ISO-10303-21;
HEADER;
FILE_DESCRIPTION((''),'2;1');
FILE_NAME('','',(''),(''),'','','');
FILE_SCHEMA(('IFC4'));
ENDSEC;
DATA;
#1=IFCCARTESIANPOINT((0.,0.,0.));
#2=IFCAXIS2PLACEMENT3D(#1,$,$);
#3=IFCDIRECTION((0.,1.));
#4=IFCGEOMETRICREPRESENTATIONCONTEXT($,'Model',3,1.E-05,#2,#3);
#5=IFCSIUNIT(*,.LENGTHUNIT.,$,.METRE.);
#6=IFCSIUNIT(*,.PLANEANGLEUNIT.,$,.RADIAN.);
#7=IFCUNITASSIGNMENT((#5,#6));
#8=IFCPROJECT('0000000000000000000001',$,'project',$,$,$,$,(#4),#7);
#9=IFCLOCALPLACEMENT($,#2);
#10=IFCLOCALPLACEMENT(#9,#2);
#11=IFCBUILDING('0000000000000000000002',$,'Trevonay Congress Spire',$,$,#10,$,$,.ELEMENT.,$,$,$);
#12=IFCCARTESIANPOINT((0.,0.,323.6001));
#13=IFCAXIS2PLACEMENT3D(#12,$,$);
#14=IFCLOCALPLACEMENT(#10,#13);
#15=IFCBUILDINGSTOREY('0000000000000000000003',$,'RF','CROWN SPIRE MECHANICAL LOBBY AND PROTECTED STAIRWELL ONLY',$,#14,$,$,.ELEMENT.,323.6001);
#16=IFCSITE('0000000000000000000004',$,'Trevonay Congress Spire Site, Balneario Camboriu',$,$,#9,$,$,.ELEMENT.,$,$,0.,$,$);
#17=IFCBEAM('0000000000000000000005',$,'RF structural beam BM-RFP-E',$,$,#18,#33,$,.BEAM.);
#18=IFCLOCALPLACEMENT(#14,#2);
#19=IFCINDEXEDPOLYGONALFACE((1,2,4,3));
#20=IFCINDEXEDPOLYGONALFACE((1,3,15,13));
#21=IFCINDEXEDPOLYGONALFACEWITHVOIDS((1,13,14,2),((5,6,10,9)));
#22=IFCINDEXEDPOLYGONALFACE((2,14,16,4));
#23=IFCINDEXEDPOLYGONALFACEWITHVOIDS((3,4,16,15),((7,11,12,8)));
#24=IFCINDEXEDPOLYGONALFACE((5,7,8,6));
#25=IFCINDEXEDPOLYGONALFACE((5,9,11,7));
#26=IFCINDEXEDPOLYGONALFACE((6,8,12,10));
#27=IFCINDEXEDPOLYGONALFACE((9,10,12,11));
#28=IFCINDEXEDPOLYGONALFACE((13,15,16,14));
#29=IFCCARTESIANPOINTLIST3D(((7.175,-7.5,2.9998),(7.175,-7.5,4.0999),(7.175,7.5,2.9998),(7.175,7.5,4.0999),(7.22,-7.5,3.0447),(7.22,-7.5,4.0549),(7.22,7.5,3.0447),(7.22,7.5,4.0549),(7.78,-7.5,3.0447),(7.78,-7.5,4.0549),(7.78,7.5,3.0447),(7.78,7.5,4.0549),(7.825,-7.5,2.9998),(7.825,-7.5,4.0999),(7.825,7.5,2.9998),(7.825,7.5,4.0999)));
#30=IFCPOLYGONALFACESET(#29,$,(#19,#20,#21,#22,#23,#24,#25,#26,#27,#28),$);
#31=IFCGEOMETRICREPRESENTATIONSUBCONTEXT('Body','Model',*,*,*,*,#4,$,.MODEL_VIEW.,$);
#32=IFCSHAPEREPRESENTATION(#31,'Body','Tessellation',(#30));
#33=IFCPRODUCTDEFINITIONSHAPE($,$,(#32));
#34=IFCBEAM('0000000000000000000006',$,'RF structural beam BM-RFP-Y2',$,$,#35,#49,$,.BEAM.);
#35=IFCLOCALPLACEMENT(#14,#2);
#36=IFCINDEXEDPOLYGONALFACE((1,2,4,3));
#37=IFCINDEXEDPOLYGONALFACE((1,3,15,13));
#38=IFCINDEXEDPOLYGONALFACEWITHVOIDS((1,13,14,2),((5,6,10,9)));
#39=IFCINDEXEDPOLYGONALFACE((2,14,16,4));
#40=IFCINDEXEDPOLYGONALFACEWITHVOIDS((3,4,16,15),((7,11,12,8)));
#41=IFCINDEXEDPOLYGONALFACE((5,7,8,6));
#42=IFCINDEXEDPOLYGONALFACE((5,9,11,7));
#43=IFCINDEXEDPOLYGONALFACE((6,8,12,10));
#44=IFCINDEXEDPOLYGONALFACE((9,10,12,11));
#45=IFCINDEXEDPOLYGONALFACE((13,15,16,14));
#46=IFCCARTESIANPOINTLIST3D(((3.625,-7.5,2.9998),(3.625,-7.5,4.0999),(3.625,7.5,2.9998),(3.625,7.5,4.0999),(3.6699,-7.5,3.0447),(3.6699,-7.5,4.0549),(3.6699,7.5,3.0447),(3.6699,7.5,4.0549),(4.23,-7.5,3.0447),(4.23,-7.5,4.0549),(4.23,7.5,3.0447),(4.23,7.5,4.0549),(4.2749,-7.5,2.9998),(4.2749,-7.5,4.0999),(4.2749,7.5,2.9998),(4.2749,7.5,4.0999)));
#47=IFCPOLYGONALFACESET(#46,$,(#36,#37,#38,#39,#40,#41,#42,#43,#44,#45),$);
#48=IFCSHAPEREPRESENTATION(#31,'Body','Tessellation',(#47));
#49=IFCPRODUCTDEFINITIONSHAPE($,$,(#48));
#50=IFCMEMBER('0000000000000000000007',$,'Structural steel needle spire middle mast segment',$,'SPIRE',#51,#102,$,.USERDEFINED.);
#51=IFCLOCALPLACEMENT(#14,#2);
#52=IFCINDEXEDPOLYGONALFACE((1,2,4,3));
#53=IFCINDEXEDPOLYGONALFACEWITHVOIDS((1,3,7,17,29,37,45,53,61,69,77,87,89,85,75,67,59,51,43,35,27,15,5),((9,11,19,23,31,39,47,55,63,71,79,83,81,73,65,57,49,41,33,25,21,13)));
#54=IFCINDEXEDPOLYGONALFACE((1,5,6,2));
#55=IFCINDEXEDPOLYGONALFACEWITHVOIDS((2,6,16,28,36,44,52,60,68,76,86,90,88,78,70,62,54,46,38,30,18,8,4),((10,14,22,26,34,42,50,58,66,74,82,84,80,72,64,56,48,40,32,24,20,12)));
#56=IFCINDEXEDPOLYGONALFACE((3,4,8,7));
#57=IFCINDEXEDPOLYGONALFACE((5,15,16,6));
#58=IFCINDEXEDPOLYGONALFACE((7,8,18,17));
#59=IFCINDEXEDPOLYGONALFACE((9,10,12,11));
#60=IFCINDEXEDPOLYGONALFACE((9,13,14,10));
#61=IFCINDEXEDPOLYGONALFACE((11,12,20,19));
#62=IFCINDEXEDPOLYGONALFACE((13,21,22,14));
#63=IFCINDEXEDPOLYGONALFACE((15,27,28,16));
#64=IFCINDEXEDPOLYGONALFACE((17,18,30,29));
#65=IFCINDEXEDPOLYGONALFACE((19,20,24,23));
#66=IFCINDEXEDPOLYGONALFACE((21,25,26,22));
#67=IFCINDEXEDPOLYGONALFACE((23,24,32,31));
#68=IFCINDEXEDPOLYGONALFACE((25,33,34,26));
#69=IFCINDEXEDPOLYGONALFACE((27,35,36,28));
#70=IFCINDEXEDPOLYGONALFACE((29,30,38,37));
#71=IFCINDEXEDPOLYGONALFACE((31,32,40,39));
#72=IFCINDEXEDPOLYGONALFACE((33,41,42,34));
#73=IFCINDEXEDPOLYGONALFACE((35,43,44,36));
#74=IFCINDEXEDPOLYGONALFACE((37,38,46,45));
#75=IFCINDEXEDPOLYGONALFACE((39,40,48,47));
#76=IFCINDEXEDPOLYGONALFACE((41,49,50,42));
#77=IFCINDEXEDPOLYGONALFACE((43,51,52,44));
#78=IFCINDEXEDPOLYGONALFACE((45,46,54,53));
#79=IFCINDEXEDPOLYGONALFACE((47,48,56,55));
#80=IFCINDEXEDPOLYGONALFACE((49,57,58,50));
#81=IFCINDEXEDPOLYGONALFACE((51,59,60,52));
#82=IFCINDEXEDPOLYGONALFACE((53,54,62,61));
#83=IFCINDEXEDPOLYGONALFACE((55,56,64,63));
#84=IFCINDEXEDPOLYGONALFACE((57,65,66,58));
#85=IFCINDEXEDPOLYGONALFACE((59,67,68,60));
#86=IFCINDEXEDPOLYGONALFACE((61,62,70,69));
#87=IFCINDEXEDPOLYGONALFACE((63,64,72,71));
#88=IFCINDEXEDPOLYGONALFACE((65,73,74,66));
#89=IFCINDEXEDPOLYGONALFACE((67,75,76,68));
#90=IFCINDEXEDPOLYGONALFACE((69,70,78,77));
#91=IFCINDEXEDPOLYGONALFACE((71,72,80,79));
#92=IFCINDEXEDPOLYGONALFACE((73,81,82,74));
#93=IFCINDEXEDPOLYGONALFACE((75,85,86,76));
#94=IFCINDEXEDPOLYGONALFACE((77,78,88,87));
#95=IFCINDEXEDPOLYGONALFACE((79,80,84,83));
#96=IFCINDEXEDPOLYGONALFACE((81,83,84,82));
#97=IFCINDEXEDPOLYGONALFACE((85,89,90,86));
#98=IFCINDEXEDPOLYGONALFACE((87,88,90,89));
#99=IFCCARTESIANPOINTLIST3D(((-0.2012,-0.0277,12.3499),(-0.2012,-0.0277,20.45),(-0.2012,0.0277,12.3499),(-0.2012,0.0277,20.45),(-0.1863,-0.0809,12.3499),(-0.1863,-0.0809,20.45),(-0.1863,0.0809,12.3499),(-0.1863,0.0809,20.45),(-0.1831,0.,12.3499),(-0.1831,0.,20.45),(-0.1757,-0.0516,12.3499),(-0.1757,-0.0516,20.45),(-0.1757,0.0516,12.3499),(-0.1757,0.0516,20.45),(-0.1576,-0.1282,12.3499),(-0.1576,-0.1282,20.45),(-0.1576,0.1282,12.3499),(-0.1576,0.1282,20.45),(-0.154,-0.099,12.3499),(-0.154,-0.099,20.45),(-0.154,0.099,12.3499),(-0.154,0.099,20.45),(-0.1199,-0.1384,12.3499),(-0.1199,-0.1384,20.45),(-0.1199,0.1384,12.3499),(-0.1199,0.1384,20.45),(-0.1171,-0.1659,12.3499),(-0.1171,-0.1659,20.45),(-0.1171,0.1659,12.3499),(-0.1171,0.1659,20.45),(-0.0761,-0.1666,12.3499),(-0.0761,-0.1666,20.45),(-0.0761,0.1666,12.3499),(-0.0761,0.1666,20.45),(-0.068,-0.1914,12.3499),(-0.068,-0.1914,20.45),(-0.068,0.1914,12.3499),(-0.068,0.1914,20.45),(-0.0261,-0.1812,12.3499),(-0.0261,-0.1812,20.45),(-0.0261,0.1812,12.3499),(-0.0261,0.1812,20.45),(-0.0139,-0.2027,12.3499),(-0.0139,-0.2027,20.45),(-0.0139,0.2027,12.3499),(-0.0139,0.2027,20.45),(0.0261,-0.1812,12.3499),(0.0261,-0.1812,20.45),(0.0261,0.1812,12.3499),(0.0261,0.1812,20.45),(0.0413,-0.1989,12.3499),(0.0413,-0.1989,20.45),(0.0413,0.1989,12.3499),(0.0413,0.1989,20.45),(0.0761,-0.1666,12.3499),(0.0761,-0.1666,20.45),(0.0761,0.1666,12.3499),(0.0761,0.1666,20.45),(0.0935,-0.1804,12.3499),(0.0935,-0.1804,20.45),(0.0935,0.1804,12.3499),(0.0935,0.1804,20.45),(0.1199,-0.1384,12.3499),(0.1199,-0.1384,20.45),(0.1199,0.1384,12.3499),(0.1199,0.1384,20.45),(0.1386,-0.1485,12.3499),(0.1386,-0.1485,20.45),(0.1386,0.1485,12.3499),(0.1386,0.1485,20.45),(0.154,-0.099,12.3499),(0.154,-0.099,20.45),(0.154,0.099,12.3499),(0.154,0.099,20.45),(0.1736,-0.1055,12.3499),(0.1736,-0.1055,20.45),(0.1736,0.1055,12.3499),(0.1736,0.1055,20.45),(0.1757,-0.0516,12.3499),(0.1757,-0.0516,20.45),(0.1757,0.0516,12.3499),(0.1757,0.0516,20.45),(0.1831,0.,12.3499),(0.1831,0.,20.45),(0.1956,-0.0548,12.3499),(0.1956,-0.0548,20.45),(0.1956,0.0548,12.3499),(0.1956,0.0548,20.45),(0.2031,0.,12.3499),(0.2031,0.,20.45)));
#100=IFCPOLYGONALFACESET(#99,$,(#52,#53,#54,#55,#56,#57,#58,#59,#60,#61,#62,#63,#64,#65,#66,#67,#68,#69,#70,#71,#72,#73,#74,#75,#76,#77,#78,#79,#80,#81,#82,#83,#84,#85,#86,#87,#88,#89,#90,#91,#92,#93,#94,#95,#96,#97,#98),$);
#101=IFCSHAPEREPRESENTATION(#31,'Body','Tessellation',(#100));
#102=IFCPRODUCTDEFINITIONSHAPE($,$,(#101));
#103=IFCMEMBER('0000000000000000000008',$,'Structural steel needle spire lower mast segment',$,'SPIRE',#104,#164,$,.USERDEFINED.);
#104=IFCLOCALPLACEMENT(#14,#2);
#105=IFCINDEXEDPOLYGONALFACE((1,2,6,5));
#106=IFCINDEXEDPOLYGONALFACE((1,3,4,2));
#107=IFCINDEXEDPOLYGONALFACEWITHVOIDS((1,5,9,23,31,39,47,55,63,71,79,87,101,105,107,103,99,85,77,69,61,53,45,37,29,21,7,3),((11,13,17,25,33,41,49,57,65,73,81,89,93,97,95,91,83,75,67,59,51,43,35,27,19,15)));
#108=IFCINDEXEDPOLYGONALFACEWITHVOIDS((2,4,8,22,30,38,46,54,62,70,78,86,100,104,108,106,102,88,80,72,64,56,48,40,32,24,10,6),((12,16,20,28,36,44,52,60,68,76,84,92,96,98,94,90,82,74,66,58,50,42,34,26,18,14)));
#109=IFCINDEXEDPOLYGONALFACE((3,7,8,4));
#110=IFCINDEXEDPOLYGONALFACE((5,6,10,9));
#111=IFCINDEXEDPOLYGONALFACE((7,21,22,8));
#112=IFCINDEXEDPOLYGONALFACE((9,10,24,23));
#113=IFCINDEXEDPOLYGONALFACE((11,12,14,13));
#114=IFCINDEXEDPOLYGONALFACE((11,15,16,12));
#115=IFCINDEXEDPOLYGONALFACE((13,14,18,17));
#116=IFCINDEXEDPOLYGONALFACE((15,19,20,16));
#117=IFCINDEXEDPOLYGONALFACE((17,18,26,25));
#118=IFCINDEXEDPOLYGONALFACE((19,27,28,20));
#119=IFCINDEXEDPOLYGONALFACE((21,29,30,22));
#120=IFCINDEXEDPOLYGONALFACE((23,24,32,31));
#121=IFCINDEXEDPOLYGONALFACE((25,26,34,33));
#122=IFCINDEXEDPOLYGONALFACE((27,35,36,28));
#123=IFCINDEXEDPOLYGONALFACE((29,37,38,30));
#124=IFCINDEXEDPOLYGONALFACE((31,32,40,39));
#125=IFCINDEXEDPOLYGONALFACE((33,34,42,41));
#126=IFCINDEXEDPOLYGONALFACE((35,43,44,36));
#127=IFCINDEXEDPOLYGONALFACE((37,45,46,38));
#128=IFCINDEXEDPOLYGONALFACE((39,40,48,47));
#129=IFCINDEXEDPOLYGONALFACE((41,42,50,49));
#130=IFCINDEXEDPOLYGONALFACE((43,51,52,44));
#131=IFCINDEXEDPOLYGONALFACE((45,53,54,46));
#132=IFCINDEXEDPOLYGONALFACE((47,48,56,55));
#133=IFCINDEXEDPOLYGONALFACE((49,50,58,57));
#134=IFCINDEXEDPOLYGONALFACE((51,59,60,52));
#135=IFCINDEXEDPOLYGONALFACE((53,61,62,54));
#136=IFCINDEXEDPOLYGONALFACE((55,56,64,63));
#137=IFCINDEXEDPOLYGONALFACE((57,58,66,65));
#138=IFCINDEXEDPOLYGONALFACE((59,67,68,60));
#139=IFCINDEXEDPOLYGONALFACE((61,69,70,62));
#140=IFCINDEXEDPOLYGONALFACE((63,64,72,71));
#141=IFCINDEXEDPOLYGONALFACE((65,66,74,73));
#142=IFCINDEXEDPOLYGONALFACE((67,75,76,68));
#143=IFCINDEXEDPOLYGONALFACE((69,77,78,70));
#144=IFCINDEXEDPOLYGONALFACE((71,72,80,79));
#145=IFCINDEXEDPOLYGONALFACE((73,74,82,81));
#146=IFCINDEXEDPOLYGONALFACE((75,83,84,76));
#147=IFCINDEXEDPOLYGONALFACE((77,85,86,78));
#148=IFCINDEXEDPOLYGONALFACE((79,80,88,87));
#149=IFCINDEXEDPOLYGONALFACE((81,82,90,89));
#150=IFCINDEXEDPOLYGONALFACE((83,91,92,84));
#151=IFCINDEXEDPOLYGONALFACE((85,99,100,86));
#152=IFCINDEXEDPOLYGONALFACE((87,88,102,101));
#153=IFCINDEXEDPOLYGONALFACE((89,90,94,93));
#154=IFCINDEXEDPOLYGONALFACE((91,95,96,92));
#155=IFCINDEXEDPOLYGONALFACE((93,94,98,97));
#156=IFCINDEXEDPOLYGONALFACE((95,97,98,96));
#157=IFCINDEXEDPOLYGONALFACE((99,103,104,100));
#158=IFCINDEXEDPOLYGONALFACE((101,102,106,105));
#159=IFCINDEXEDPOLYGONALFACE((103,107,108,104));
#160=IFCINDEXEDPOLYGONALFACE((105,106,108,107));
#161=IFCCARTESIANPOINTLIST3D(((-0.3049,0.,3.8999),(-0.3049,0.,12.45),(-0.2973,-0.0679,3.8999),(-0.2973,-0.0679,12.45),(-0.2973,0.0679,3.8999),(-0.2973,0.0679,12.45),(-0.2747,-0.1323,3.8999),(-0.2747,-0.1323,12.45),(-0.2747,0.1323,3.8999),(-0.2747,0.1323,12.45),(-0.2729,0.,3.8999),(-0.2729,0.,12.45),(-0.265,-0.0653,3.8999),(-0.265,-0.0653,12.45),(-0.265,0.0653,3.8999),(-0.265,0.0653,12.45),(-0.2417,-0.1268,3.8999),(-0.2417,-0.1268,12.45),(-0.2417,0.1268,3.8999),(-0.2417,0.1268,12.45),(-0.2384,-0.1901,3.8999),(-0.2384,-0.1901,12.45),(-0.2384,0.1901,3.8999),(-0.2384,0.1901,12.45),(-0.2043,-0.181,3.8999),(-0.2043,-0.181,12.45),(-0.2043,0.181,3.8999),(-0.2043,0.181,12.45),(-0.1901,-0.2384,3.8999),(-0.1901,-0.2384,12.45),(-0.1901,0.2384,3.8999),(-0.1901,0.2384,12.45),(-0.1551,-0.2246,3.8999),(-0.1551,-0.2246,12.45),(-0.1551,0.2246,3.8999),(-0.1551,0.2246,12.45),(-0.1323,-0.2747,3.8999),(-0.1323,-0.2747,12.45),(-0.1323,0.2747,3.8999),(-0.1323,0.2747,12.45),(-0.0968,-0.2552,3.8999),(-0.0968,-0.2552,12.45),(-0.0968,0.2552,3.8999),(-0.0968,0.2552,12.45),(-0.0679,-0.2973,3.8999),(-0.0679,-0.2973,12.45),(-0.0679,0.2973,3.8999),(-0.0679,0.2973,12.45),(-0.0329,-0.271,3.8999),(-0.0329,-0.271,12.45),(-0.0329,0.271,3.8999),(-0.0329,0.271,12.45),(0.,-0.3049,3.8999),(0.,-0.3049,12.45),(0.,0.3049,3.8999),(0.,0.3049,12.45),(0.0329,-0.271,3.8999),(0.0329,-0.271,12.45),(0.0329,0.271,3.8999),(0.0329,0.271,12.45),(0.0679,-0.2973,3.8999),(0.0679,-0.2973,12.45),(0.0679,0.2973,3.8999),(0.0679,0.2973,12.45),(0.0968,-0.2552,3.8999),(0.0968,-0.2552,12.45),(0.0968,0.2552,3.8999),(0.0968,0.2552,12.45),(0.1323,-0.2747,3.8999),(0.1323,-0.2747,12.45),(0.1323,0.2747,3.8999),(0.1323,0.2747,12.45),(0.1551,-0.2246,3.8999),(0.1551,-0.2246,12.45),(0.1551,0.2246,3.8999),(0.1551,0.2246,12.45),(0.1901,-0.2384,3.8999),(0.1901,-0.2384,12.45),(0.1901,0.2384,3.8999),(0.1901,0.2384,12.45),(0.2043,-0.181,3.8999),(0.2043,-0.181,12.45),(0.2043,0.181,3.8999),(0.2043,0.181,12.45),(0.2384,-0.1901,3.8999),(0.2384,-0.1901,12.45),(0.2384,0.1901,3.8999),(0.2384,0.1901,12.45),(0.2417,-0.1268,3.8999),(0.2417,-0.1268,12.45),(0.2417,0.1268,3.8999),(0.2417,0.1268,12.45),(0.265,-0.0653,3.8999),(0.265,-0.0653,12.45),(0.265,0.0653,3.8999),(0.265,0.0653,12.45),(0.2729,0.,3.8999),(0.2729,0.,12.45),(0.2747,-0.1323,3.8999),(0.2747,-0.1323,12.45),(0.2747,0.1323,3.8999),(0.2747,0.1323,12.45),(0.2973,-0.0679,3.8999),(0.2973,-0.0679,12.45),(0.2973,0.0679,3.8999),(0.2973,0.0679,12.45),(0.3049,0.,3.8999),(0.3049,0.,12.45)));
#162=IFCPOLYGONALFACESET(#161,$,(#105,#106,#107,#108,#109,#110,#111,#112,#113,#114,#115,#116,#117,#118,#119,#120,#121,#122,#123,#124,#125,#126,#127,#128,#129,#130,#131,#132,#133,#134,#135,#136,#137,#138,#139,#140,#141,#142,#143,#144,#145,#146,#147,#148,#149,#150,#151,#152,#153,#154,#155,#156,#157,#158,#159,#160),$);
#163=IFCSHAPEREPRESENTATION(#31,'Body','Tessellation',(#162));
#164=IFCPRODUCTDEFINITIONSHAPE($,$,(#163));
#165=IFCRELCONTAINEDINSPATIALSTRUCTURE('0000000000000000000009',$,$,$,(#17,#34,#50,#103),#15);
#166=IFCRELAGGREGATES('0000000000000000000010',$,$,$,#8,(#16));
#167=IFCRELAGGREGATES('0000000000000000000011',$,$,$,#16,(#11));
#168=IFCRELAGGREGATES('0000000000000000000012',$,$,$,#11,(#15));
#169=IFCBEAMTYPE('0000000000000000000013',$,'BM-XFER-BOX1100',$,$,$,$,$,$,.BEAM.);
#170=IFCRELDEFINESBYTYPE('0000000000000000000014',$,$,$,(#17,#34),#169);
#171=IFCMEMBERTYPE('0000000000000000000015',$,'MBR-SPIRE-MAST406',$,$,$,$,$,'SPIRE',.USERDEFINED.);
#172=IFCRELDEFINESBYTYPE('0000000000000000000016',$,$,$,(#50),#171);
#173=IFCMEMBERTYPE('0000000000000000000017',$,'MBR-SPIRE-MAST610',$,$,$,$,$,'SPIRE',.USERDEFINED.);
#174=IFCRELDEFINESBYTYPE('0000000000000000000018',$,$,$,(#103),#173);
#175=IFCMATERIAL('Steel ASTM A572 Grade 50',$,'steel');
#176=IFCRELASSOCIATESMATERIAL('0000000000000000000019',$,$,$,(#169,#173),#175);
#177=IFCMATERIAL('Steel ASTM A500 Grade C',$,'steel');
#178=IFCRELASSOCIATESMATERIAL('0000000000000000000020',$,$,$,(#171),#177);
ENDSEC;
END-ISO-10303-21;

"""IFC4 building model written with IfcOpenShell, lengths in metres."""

from ifc_helpers import new_model, si_unit, direction, frame, origin, origin_2d, place, context, subcontext, project, spatial, hollow_rectangle, hollow_circle, extrude, material, material_profile, profile_set, type_object, element, save


model = new_model("IFC4")

# Units and contexts
model_context = context("Model", 3, precision=1e-05, world=origin(), true_north=direction((0.0, 1.0)))
body_context = subcontext(model_context, "Body", "Model", "MODEL_VIEW")
ifc_project = project(units=[si_unit("LENGTHUNIT", "METRE"), si_unit("PLANEANGLEUNIT", "RADIAN")], contexts=[model_context])

# Site, building, storey
site_placement = place(None, origin())
site = spatial("IfcSite", under=ifc_project, at=site_placement, Name="Trevonay Congress Spire Site, Balneario Camboriu", CompositionType="ELEMENT", RefElevation=0.0)
building_placement = place(site_placement, origin())
building = spatial("IfcBuilding", under=site, at=building_placement, Name="Trevonay Congress Spire", CompositionType="ELEMENT")
storey_placement = place(building_placement, frame((0.0, 0.0, 323.6001)))
storey = spatial("IfcBuildingStorey", under=building, at=storey_placement, Name="RF", Description="CROWN SPIRE MECHANICAL LOBBY AND PROTECTED STAIRWELL ONLY", CompositionType="ELEMENT", Elevation=323.6001)

# Shared definitions
ifc_material_1 = material(Name="Steel ASTM A572 Grade 50", Category="steel")

# Beams
ifc_material_profile_1 = material_profile(ifc_material_1, hollow_rectangle(XDim=0.6499, YDim=1.1001, WallThickness=0.0449, at=origin_2d()), Name="BOX 1100x650x45")
ifc_profile_set_1 = profile_set([ifc_material_profile_1], Name="Steel ASTM A572 Grade 50")
beam_type_1 = type_object("IfcBeamType", Name="BM-XFER-BOX1100", PredefinedType="BEAM", material=ifc_profile_set_1)
for number, where, z_axis, x_axis, name in (
    (1, (7.5, -7.5, 3.5498), (0.0, 1.0, 0.0), (-1.0, 0.0, 0.0), "RF structural beam BM-RFP-E"),
    (2, (3.95, -7.5, 3.5498), (0.0, 1.0, 0.0), (-1.0, 0.0, 0.0), "RF structural beam BM-RFP-Y2"),
):
    element("IfcBeam", number, at=place(storey_placement, frame(where, z_axis=z_axis, x_axis=x_axis)), inside=storey, type_object=beam_type_1, Name=name, PredefinedType="BEAM", context=body_context, shape_type="SweptSolid", body=[
        extrude(hollow_rectangle(XDim=0.6499, YDim=1.1001, WallThickness=0.0449, at=origin_2d()), origin(), (0.0, 0.0, 1.0), 15.0),
    ])

# Members
ifc_material_2 = material(Name="Steel ASTM A500 Grade C", Category="steel")
ifc_material_profile_2 = material_profile(ifc_material_2, hollow_circle(Radius=0.2031, WallThickness=0.02, at=origin_2d()), Name="CHS 406.4x20")
ifc_profile_set_2 = profile_set([ifc_material_profile_2], Name="Steel ASTM A500 Grade C")
member_type_1 = type_object("IfcMemberType", Name="MBR-SPIRE-MAST406", ElementType="SPIRE", PredefinedType="USERDEFINED", material=ifc_profile_set_2)
member_1_placement = place(storey_placement, frame((0.0, 0.0, 12.3499), z_axis=(0.0, 0.0, 1.0), x_axis=(1.0, 0.0, 0.0)))
element("IfcMember", 3, at=member_1_placement, inside=storey, type_object=member_type_1, Name="Structural steel needle spire middle mast segment", ObjectType="SPIRE", PredefinedType="USERDEFINED", context=body_context, shape_type="SweptSolid", body=[
    extrude(hollow_circle(Radius=0.2031, WallThickness=0.02, at=origin_2d()), origin(), (0.0, 0.0, 1.0), 8.1001),
])
ifc_material_profile_3 = material_profile(ifc_material_1, hollow_circle(Radius=0.3049, WallThickness=0.032, at=origin_2d()), Name="CHS 610x32")
ifc_profile_set_3 = profile_set([ifc_material_profile_3], Name="Steel ASTM A572 Grade 50")
member_type_2 = type_object("IfcMemberType", Name="MBR-SPIRE-MAST610", ElementType="SPIRE", PredefinedType="USERDEFINED", material=ifc_profile_set_3)
member_2_placement = place(storey_placement, frame((0.0, 0.0, 3.8999), z_axis=(0.0, 0.0, 1.0), x_axis=(1.0, 0.0, 0.0)))
element("IfcMember", 4, at=member_2_placement, inside=storey, type_object=member_type_2, Name="Structural steel needle spire lower mast segment", ObjectType="SPIRE", PredefinedType="USERDEFINED", context=body_context, shape_type="SweptSolid", body=[
    extrude(hollow_circle(Radius=0.3049, WallThickness=0.032, at=origin_2d()), origin(), (0.0, 0.0, 1.0), 8.55),
])

save(model, "model.ifc")
